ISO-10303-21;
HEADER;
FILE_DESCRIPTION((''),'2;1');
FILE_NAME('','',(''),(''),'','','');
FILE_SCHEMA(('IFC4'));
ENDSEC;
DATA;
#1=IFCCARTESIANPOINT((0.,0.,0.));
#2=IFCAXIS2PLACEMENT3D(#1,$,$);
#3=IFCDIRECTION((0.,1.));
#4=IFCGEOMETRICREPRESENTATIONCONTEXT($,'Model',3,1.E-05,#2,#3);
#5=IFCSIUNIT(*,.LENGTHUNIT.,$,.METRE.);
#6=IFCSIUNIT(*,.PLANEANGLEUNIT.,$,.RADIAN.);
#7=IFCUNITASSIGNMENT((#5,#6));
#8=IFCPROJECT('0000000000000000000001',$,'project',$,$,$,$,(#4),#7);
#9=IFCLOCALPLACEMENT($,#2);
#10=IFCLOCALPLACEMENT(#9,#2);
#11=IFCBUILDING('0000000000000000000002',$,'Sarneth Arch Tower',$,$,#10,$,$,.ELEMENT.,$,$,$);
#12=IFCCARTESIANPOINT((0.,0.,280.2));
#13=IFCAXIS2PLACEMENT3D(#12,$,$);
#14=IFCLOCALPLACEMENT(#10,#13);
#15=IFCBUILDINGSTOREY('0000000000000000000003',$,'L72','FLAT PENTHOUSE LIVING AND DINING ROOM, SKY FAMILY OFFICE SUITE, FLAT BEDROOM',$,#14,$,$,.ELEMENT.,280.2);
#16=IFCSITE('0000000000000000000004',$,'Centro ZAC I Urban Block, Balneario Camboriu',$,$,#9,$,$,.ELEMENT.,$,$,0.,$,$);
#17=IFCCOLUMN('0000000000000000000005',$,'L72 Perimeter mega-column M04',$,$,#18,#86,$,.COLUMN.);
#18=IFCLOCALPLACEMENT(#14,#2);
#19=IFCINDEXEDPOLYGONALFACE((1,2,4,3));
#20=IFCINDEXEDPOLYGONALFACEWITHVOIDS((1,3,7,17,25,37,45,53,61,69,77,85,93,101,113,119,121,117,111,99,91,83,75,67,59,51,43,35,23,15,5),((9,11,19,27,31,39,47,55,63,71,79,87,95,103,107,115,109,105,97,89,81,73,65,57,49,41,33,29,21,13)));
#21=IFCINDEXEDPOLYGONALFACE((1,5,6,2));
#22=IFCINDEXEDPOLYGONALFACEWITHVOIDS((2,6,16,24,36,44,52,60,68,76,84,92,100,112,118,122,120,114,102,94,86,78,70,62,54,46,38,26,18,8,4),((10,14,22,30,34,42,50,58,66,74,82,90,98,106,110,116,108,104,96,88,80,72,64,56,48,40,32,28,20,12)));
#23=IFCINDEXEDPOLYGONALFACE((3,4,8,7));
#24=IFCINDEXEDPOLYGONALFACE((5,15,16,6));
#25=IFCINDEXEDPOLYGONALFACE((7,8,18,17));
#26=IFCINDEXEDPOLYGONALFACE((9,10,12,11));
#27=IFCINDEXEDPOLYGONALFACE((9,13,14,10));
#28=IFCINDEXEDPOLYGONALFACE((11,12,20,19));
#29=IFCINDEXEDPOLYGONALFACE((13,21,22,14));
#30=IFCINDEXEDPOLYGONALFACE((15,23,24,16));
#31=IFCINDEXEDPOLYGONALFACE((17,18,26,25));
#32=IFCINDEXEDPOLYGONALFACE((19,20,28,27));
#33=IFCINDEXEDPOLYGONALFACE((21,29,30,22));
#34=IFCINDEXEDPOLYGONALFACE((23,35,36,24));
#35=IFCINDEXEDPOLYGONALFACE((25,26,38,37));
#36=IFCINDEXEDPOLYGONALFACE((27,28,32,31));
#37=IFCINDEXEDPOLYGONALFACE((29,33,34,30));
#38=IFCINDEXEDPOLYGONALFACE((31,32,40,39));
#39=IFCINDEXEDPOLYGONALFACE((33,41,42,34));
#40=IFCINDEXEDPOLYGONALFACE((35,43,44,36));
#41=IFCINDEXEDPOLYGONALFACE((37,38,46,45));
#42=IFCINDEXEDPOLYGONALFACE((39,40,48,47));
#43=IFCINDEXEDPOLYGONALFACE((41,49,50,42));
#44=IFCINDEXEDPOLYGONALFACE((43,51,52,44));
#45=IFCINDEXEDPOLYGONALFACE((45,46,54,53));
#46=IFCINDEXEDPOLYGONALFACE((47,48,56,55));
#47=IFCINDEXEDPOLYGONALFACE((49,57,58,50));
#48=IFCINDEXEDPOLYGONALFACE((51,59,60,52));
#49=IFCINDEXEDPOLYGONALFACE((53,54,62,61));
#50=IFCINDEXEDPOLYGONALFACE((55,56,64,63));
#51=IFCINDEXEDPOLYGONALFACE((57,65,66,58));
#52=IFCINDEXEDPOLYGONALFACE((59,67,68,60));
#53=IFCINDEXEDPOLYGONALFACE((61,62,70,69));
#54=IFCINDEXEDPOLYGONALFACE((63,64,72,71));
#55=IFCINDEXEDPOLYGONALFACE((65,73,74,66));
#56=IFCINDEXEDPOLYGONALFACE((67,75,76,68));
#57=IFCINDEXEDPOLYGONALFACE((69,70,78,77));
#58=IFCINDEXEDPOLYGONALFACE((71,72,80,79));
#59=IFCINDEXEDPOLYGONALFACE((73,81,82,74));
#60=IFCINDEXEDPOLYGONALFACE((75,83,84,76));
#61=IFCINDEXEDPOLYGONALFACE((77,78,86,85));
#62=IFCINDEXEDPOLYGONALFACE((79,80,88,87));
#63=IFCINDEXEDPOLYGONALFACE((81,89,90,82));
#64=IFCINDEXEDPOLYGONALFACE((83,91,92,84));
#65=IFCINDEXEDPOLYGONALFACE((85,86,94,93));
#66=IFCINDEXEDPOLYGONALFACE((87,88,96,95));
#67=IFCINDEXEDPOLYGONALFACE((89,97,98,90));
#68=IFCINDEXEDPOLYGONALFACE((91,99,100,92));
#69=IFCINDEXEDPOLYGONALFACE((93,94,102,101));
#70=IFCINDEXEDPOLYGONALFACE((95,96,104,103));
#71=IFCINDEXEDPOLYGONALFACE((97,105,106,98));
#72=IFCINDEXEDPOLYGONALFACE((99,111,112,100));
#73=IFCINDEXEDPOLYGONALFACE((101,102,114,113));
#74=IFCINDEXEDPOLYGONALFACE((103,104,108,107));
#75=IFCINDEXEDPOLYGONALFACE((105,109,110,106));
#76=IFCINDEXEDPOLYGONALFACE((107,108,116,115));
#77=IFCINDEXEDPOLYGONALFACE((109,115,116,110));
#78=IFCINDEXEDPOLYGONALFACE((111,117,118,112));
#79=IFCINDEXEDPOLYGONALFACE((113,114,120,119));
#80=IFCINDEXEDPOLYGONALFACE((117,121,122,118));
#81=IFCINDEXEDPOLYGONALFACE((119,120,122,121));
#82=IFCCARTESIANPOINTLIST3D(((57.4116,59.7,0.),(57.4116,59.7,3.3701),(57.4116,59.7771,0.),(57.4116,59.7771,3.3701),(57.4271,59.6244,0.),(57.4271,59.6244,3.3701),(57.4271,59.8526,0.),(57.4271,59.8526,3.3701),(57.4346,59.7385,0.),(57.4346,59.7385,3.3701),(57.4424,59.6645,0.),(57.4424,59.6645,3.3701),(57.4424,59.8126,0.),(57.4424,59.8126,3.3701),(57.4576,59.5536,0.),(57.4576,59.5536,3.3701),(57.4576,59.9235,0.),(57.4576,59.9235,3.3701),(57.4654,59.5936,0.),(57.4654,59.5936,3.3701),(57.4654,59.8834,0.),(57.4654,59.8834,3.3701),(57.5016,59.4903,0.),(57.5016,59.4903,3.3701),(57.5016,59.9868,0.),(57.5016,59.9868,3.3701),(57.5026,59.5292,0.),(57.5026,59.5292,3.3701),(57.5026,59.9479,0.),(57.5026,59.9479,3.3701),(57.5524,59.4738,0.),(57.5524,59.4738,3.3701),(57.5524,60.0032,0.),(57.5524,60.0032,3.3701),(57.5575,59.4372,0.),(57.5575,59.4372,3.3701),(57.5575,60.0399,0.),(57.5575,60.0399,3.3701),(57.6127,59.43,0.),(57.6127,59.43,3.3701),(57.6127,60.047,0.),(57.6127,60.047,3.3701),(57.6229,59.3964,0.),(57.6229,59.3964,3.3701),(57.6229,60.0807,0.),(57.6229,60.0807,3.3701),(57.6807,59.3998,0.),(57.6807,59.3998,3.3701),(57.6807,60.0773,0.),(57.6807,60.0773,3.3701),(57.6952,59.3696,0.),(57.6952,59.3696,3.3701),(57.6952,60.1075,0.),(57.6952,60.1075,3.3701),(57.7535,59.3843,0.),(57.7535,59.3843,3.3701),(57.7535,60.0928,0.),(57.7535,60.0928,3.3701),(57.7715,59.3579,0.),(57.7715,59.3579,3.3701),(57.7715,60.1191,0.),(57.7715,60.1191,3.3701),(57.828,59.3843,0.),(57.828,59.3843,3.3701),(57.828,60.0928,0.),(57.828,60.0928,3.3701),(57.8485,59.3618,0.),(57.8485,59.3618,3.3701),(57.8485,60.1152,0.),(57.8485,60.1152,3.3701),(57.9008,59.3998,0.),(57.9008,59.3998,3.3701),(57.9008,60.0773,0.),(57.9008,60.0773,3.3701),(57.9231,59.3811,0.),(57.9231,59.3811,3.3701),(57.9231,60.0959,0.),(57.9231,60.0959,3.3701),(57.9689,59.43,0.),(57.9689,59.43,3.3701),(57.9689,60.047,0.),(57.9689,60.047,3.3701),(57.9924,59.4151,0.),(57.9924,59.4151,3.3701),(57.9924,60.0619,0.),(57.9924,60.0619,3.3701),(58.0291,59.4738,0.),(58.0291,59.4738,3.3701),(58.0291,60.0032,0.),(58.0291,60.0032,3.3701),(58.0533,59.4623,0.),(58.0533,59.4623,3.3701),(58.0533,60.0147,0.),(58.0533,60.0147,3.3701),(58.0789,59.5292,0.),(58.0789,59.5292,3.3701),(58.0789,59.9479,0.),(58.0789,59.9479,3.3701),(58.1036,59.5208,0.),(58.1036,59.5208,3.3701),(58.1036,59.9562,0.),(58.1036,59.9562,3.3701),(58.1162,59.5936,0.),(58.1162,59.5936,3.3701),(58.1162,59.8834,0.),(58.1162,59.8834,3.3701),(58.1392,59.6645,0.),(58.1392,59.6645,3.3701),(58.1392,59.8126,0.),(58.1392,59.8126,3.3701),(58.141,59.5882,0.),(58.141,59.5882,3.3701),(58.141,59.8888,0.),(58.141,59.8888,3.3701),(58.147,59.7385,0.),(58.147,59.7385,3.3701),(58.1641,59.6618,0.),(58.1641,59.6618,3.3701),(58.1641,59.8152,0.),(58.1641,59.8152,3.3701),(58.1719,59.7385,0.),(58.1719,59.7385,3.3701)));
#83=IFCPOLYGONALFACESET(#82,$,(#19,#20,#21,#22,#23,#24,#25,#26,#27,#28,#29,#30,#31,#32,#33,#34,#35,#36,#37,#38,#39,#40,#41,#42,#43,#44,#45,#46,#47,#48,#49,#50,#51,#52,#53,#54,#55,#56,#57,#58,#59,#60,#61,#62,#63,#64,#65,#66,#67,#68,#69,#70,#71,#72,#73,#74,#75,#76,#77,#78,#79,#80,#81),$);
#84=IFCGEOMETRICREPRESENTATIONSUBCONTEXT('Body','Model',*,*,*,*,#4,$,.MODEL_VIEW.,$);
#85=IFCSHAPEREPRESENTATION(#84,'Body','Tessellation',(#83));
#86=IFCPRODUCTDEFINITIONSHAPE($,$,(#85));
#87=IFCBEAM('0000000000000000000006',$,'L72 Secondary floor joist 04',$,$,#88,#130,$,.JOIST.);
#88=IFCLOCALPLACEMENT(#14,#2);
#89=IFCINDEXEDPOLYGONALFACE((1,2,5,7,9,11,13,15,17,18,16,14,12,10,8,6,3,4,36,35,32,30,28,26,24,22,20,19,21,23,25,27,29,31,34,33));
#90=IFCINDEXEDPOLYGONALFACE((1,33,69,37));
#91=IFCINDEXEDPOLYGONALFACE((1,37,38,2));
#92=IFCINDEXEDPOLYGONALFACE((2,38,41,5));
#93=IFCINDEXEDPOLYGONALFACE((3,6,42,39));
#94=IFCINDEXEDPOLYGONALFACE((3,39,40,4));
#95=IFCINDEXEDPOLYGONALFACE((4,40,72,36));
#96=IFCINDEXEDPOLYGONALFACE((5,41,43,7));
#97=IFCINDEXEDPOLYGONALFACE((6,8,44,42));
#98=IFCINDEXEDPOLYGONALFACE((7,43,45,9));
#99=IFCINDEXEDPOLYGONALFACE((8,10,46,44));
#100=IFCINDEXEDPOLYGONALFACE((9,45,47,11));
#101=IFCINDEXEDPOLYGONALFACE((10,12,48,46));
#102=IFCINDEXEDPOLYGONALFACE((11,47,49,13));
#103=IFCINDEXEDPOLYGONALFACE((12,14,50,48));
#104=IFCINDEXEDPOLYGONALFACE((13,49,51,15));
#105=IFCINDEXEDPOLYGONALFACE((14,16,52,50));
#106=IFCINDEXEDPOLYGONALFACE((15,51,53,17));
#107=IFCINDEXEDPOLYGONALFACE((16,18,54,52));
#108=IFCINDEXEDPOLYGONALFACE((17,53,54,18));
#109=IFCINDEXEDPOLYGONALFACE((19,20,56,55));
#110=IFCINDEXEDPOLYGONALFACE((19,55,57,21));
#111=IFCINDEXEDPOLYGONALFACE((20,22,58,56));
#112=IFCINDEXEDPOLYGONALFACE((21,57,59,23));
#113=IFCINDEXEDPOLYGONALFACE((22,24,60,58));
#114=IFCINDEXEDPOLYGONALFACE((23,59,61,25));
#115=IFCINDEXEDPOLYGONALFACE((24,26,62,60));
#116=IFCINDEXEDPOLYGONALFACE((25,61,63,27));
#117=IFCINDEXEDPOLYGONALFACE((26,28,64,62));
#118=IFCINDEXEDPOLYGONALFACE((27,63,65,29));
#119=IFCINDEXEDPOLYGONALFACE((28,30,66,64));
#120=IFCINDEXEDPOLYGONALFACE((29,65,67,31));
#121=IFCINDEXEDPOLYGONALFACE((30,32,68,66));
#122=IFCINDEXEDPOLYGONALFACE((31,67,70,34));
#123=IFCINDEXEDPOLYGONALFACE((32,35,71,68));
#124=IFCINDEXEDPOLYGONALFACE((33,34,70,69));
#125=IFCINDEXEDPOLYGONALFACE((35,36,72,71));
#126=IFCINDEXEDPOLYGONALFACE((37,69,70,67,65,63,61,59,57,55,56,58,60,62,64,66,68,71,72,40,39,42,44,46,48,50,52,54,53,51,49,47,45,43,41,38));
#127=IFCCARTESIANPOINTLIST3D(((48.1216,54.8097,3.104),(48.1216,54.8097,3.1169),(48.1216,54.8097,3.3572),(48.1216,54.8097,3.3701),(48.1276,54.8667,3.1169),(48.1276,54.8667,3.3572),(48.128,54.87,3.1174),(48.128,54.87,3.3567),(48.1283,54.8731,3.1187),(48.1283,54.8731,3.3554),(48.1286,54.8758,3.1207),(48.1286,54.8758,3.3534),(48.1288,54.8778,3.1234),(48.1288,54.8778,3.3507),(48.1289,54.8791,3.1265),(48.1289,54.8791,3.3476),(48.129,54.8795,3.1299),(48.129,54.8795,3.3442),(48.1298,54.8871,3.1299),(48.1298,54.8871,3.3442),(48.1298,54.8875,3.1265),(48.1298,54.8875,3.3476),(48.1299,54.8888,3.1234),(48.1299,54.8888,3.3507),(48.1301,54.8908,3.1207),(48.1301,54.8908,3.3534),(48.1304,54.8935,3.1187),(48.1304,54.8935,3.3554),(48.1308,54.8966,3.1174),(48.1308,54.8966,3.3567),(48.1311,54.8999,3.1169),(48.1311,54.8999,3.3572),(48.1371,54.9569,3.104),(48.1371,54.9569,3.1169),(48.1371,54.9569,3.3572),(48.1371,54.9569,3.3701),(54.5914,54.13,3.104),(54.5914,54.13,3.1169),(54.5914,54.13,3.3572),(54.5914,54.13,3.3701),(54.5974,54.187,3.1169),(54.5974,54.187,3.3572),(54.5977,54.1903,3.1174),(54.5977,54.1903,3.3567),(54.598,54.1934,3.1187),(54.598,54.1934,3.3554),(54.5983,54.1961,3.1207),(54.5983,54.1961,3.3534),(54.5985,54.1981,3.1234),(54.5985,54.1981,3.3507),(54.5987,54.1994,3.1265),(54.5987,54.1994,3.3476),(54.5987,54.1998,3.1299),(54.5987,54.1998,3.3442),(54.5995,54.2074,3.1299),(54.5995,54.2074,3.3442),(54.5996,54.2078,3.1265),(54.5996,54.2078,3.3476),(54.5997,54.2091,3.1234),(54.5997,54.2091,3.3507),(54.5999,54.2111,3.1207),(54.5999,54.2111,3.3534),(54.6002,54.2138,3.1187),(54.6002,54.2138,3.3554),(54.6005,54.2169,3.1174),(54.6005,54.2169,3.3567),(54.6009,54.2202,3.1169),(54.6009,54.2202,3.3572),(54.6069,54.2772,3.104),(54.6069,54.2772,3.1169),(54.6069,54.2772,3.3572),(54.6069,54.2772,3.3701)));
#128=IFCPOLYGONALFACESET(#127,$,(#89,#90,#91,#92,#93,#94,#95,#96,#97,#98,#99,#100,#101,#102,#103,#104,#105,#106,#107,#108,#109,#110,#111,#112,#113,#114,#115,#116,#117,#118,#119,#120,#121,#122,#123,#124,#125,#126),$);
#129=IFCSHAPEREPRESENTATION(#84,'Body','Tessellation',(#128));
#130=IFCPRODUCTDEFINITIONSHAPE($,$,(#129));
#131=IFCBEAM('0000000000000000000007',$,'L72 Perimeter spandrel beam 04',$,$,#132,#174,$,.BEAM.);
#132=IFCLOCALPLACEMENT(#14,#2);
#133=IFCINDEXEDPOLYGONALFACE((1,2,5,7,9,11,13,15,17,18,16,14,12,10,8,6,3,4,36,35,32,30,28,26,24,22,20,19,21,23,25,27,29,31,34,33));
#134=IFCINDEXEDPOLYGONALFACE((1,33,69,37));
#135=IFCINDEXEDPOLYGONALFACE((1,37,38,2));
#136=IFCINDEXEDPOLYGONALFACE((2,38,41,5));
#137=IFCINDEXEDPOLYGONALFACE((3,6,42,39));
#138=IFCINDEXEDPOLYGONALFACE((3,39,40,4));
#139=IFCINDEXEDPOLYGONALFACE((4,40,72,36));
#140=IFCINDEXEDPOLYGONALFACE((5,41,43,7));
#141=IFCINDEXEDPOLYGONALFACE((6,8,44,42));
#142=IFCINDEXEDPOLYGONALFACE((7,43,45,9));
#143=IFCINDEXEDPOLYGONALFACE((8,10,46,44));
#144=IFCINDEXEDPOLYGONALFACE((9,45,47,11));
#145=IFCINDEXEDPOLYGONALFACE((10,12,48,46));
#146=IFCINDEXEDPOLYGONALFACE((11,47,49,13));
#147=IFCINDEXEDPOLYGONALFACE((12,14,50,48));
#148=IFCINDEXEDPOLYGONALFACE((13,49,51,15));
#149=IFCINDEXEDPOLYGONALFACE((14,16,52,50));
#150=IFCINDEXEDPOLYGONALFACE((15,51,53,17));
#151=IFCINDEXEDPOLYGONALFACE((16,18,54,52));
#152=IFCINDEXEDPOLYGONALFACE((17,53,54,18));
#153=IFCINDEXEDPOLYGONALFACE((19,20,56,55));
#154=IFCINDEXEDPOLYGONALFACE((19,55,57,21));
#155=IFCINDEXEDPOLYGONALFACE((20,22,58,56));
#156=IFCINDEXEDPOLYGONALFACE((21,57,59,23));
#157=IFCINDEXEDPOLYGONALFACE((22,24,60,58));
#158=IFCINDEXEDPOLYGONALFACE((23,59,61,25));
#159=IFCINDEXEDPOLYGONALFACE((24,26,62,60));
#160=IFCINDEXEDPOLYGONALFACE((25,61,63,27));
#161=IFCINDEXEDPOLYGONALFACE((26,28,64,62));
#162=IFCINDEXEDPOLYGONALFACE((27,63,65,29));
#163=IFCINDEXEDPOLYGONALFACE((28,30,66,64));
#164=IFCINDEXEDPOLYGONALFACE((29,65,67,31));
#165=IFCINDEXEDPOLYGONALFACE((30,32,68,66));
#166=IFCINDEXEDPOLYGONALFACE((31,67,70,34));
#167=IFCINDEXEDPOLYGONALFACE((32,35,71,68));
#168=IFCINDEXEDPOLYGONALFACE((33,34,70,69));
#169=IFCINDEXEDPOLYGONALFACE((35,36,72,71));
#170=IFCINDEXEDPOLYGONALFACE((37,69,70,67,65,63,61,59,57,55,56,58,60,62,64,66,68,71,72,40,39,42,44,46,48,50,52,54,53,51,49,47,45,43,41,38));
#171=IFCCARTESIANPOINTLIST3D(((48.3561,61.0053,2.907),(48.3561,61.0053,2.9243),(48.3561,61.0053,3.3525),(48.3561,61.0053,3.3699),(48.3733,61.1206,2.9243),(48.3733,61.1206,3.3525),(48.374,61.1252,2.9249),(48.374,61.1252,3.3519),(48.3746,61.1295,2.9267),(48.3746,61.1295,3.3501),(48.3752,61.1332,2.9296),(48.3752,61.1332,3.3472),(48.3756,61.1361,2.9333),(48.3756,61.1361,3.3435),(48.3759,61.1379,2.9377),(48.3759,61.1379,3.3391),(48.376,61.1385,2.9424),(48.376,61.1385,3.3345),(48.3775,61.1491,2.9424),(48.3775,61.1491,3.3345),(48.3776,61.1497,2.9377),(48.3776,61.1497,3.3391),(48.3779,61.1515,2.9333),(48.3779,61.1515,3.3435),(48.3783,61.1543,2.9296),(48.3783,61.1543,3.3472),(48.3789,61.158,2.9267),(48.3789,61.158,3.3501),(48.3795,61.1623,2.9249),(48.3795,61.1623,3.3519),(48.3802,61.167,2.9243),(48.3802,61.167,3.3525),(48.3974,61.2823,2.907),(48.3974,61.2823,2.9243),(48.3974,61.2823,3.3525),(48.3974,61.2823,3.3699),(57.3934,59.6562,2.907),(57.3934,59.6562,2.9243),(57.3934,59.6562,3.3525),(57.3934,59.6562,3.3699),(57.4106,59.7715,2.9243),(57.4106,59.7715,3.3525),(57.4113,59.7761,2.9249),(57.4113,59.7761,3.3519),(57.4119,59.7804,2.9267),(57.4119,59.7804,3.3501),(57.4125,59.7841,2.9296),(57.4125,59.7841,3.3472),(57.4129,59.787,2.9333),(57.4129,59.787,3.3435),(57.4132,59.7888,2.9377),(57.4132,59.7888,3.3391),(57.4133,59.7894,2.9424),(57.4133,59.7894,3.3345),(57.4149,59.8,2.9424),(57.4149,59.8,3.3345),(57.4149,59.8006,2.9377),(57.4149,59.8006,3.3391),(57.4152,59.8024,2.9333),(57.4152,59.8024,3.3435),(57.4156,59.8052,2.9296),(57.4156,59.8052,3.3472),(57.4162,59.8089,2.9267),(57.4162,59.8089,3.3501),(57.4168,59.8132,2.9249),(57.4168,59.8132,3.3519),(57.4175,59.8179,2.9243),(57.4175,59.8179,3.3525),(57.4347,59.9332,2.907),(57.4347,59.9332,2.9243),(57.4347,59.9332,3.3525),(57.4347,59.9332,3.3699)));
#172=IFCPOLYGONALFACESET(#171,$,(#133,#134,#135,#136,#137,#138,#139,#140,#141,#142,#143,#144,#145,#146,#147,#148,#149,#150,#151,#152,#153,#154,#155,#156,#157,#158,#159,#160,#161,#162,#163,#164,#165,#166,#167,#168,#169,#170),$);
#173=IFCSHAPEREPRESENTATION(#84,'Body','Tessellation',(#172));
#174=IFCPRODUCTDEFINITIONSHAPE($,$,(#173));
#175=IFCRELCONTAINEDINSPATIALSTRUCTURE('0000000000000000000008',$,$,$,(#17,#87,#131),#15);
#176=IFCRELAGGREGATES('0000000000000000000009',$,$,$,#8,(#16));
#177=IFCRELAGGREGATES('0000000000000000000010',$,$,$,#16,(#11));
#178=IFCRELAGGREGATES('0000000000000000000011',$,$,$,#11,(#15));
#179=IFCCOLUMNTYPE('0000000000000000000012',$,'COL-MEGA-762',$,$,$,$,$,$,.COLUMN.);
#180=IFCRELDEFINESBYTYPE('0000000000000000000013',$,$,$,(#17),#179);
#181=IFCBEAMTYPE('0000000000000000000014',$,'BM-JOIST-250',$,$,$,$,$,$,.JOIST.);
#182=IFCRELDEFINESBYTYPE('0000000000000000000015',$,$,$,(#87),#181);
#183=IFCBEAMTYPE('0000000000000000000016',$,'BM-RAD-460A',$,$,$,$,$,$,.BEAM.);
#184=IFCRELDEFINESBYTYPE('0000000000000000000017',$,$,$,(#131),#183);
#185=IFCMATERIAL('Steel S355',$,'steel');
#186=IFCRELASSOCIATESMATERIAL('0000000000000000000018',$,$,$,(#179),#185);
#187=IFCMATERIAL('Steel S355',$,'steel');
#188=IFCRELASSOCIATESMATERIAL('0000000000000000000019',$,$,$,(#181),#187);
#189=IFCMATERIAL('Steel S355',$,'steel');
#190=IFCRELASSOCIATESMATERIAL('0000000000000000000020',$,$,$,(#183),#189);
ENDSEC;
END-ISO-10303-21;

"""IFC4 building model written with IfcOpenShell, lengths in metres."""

from ifc_helpers import new_model, si_unit, direction, frame, origin, origin_2d, place, context, subcontext, project, spatial, hollow_circle, i_section, extrude, material, material_profile, profile_set, type_object, element, save


model = new_model("IFC4")

# Units and contexts
model_context = context("Model", 3, precision=1e-05, world=origin(), true_north=direction((0.0, 1.0)))
body_context = subcontext(model_context, "Body", "Model", "MODEL_VIEW")
ifc_project = project(units=[si_unit("LENGTHUNIT", "METRE"), si_unit("PLANEANGLEUNIT", "RADIAN")], contexts=[model_context])

# Site, building, storey
site_placement = place(None, origin())
site = spatial("IfcSite", under=ifc_project, at=site_placement, Name="Centro ZAC I Urban Block, Balneario Camboriu", CompositionType="ELEMENT", RefElevation=0.0)
building_placement = place(site_placement, origin())
building = spatial("IfcBuilding", under=site, at=building_placement, Name="Sarneth Arch Tower", CompositionType="ELEMENT")
storey_placement = place(building_placement, frame((0.0, 0.0, 280.2)))
storey = spatial("IfcBuildingStorey", under=building, at=storey_placement, Name="L72", Description="FLAT PENTHOUSE LIVING AND DINING ROOM, SKY FAMILY OFFICE SUITE, FLAT BEDROOM", CompositionType="ELEMENT", Elevation=280.2)

# Column
ifc_material_1 = material(Name="Steel S355", Category="steel")
ifc_material_profile_1 = material_profile(ifc_material_1, hollow_circle(Radius=0.3811, WallThickness=0.0249, at=origin_2d()), Name="CHS762x25")
ifc_profile_set_1 = profile_set([ifc_material_profile_1], Name="Steel S355")
column_type = type_object("IfcColumnType", Name="COL-MEGA-762", PredefinedType="COLUMN", material=ifc_profile_set_1)
column_placement = place(storey_placement, frame((57.7908, 59.7385, 0.0), z_axis=(0.0, 0.0, 1.0), x_axis=(1.0, 0.0, 0.0)))
element("IfcColumn", 1, at=column_placement, inside=storey, type_object=column_type, Name="L72 Perimeter mega-column M04", PredefinedType="COLUMN", context=body_context, shape_type="SweptSolid", body=[
    extrude(hollow_circle(Radius=0.3811, WallThickness=0.0249, at=origin_2d()), origin(), (0.0, 0.0, 1.0), 3.3701),
])

# Beams
ifc_material_2 = material(Name="Steel S355", Category="steel")
ifc_material_profile_2 = material_profile(ifc_material_2, i_section(OverallWidth=0.1479, OverallDepth=0.2661, WebThickness=0.0076, FlangeThickness=0.0129, FilletRadius=0.0129, at=origin_2d()), Name="W250x44.8")
ifc_profile_set_2 = profile_set([ifc_material_profile_2], Name="Steel S355")
beam_type_1 = type_object("IfcBeamType", Name="BM-JOIST-250", PredefinedType="JOIST", material=ifc_profile_set_2)
beam_1_placement = place(storey_placement, frame((54.5991, 54.2036, 3.2371), z_axis=(-0.994527, 0.104482, 0.0), x_axis=(-0.104482, -0.994527, 0.0)))
element("IfcBeam", 2, at=beam_1_placement, inside=storey, type_object=beam_type_1, Name="L72 Secondary floor joist 04", PredefinedType="JOIST", context=body_context, shape_type="SweptSolid", body=[
    extrude(i_section(OverallWidth=0.1479, OverallDepth=0.2661, WebThickness=0.0076, FlangeThickness=0.0129, FilletRadius=0.0129, at=origin_2d()), origin(), (0.0, 0.0, 1.0), 6.5054),
])
ifc_material_3 = material(Name="Steel S355", Category="steel")
ifc_material_profile_3 = material_profile(ifc_material_3, i_section(OverallWidth=0.28, OverallDepth=0.4629, WebThickness=0.0107, FlangeThickness=0.0173, FilletRadius=0.0181, at=origin_2d()), Name="W460x113")
ifc_profile_set_3 = profile_set([ifc_material_profile_3], Name="Steel S355")
beam_type_2 = type_object("IfcBeamType", Name="BM-RAD-460A", PredefinedType="BEAM", material=ifc_profile_set_3)
beam_2_placement = place(storey_placement, frame((57.4141, 59.7947, 3.1384), z_axis=(-0.98904, 0.147647, 0.0), x_axis=(-0.147647, -0.98904, 0.0)))
element("IfcBeam", 3, at=beam_2_placement, inside=storey, type_object=beam_type_2, Name="L72 Perimeter spandrel beam 04", PredefinedType="BEAM", context=body_context, shape_type="SweptSolid", body=[
    extrude(i_section(OverallWidth=0.28, OverallDepth=0.4629, WebThickness=0.0107, FlangeThickness=0.0173, FilletRadius=0.0181, at=origin_2d()), origin(), (0.0, 0.0, 1.0), 9.1375),
])

save(model, "model.ifc")
